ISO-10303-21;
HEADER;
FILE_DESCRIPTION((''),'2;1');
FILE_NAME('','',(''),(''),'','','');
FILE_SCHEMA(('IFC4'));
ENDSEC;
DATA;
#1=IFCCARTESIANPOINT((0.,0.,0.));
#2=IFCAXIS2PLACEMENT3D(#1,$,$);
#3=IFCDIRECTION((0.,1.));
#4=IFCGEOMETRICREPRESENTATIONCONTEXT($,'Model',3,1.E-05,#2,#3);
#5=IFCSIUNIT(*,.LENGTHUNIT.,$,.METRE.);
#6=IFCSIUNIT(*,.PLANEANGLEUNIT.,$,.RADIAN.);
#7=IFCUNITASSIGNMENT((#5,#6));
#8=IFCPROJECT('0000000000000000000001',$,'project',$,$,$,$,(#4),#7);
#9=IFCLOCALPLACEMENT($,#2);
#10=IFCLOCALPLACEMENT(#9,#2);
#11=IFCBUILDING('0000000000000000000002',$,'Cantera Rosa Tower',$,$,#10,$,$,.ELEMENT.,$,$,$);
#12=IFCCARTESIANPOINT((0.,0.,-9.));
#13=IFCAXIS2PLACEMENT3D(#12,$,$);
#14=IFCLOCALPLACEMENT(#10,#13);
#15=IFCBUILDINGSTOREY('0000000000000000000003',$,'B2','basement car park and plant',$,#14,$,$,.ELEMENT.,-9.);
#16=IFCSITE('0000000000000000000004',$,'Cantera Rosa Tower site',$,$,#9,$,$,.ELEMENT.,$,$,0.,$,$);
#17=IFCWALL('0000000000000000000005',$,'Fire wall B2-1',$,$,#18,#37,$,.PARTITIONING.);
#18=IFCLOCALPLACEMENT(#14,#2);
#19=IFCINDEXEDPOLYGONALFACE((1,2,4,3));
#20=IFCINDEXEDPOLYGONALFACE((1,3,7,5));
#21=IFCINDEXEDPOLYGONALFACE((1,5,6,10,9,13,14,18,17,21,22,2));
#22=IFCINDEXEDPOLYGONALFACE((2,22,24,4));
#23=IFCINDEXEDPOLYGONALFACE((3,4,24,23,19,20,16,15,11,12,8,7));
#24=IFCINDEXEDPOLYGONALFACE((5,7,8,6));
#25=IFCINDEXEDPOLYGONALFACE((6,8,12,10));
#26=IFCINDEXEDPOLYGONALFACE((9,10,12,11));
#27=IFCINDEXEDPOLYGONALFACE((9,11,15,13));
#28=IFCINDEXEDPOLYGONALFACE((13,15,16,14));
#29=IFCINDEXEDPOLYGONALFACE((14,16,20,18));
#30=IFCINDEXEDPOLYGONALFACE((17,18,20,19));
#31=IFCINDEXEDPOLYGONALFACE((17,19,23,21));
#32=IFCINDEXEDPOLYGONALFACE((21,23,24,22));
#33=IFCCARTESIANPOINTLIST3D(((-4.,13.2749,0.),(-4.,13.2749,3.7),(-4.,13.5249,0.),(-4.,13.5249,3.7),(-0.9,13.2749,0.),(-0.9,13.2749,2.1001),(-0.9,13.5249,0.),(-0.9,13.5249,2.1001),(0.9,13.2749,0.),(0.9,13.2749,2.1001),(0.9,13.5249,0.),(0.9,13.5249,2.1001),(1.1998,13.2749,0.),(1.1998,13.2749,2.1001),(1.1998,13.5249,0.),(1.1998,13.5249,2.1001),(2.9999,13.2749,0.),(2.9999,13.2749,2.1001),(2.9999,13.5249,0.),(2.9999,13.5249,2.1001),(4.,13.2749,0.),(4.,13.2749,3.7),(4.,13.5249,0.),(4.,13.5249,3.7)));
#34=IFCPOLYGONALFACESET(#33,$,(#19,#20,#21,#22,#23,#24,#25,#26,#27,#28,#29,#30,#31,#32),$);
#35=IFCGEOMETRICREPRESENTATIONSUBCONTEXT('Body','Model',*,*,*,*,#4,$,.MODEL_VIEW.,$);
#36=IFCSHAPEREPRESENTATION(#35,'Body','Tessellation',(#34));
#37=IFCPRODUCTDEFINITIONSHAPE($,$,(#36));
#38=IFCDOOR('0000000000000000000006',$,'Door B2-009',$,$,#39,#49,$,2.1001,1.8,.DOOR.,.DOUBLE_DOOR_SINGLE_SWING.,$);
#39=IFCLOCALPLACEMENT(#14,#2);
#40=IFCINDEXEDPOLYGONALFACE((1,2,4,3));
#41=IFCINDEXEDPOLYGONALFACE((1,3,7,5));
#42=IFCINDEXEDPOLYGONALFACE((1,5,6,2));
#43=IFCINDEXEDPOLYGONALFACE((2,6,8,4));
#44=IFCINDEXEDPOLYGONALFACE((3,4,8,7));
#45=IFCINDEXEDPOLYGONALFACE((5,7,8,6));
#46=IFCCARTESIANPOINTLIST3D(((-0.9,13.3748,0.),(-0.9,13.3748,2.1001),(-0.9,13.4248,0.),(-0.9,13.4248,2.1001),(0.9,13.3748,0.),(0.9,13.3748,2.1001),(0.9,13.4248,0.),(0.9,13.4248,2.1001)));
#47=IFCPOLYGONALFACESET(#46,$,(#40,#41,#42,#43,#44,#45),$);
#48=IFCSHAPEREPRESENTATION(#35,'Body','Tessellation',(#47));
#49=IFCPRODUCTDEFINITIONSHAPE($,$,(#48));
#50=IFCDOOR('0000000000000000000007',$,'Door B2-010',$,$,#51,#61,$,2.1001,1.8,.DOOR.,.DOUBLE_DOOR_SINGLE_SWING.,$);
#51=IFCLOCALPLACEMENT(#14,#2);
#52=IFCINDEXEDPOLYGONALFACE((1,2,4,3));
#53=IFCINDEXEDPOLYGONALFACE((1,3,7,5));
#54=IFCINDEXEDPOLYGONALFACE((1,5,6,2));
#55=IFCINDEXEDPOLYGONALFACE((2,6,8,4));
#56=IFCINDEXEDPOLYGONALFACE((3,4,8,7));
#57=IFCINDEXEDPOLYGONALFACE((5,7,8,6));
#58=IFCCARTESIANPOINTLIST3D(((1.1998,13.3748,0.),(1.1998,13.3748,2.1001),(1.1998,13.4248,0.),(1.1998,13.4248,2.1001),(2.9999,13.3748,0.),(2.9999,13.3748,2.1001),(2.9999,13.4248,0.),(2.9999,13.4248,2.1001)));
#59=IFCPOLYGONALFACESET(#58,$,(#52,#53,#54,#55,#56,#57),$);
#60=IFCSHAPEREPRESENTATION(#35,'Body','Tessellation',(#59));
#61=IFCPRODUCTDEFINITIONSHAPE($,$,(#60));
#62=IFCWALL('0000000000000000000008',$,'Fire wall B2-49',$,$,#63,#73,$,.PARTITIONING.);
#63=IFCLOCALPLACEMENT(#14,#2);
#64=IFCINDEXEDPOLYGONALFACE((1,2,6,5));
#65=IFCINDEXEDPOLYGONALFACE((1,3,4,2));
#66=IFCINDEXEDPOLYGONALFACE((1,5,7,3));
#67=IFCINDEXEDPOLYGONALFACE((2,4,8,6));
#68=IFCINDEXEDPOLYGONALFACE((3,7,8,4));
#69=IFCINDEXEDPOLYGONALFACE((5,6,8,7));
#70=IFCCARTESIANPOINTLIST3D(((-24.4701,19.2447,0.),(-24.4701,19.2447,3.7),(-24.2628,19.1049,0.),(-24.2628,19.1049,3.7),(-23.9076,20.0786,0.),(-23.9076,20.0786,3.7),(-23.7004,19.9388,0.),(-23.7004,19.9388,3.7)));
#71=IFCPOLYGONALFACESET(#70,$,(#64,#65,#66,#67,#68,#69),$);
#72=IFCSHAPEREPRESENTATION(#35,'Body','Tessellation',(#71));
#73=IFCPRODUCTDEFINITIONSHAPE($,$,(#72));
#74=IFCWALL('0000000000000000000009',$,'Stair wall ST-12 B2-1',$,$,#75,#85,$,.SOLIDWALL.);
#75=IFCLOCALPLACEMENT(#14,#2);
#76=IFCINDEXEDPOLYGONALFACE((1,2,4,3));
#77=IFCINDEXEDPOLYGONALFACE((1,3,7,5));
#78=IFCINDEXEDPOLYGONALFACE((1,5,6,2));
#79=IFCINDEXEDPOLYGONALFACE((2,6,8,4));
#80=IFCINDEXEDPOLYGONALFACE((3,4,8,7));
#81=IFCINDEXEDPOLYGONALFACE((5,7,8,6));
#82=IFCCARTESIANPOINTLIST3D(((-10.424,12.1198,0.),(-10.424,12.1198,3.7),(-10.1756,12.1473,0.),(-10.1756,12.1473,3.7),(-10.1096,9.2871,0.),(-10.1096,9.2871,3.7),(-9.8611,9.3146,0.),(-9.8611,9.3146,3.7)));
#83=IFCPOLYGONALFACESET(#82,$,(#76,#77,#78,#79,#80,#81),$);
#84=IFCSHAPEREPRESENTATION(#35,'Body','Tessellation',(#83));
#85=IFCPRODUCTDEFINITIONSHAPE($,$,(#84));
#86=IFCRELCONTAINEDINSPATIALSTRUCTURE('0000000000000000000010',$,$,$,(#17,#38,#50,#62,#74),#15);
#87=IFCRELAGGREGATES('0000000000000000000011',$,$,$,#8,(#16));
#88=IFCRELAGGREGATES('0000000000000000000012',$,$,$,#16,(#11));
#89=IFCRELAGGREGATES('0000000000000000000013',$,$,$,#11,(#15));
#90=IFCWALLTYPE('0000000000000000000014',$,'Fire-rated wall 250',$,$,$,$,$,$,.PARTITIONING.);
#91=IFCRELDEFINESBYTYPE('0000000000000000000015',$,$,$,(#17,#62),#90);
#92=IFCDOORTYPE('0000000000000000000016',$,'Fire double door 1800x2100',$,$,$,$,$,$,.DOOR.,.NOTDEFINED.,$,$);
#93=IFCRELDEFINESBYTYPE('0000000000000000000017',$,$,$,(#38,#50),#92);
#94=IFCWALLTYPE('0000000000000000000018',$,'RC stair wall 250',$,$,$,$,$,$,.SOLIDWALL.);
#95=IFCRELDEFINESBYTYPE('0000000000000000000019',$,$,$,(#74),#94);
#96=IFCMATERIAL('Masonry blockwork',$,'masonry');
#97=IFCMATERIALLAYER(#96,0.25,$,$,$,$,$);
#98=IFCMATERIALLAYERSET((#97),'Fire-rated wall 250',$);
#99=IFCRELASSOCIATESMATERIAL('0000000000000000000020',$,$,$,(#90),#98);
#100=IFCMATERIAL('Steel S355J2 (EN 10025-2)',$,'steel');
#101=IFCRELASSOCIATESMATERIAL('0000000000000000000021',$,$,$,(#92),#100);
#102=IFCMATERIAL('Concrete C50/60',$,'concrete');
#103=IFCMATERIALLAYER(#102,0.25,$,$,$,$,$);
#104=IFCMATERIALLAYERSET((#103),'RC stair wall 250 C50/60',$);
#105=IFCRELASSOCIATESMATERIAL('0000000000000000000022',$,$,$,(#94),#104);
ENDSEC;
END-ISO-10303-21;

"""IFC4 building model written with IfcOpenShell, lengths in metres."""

from ifc_helpers import new_model, si_unit, direction, frame, frame_2d, origin, place, context, subcontext, project, spatial, rectangle, extrude, material, layer, layer_set, type_object, element, fill, save


model = new_model("IFC4")

# Units and contexts
model_context = context("Model", 3, precision=1e-05, world=origin(), true_north=direction((0.0, 1.0)))
body_context = subcontext(model_context, "Body", "Model", "MODEL_VIEW")
ifc_project = project(units=[si_unit("LENGTHUNIT", "METRE"), si_unit("PLANEANGLEUNIT", "RADIAN")], contexts=[model_context])

# Site, building, storey
site_placement = place(None, origin())
site = spatial("IfcSite", under=ifc_project, at=site_placement, Name="Cantera Rosa Tower site", CompositionType="ELEMENT", RefElevation=0.0)
building_placement = place(site_placement, origin())
building = spatial("IfcBuilding", under=site, at=building_placement, Name="Cantera Rosa Tower", CompositionType="ELEMENT")
storey_placement = place(building_placement, frame((0.0, 0.0, -9.0)))
storey = spatial("IfcBuildingStorey", under=building, at=storey_placement, Name="B2", Description="basement car park and plant", CompositionType="ELEMENT", Elevation=-9.0)

# Wall, openings, doors
ifc_material_1 = material(Name="Masonry blockwork", Category="masonry")
ifc_layer_1 = layer(ifc_material_1, 0.25)
ifc_layer_set_1 = layer_set([ifc_layer_1], Name="Fire-rated wall 250")
wall_type_1 = type_object("IfcWallType", Name="Fire-rated wall 250", PredefinedType="PARTITIONING", material=ifc_layer_set_1)
wall_1_placement = place(storey_placement, frame((-4.0, 13.3999, 0.0), z_axis=(0.0, 0.0, 1.0), x_axis=(1.0, 0.0, 0.0)))
wall_1 = element("IfcWall", 1, at=wall_1_placement, inside=storey, type_object=wall_type_1, Name="Fire wall B2-1", PredefinedType="PARTITIONING", context=body_context, shape_type="SweptSolid", body=[
    extrude(rectangle(XDim=8.0, YDim=0.25, at=frame_2d((4.0, 0.0))), origin(), (0.0, 0.0, 1.0), 3.7),
])
opening_1_placement = place(wall_1_placement, frame((3.1001, 0.0, 0.0)))
opening_1 = element("IfcOpeningElement", 2, at=opening_1_placement, cuts=wall_1, PredefinedType="OPENING", context=body_context, shape_type="SweptSolid", body=[
    extrude(rectangle(XDim=1.8, YDim=2.1001, at=frame_2d((0.8999, 1.05))), frame((0.0, 0.135, 0.0), z_axis=(0.0, -1.0, 0.0), x_axis=(1.0, 0.0, 0.0)), (0.0, 0.0, 1.0), 0.27),
])
opening_2_placement = place(wall_1_placement, frame((5.2, 0.0, 0.0)))
opening_2 = element("IfcOpeningElement", 3, at=opening_2_placement, cuts=wall_1, PredefinedType="OPENING", context=body_context, shape_type="SweptSolid", body=[
    extrude(rectangle(XDim=1.8, YDim=2.1001, at=frame_2d((0.8999, 1.05))), frame((0.0, 0.135, 0.0), z_axis=(0.0, -1.0, 0.0), x_axis=(1.0, 0.0, 0.0)), (0.0, 0.0, 1.0), 0.27),
])
ifc_material_2 = material(Name="Steel S355J2 (EN 10025-2)", Category="steel")
door_type = type_object("IfcDoorType", Name="Fire double door 1800x2100", OperationType="NOTDEFINED", PredefinedType="DOOR", material=ifc_material_2)
door_1_placement = place(opening_1_placement, origin())
door_1 = element("IfcDoor", 4, at=door_1_placement, inside=storey, type_object=door_type, Name="Door B2-009", OperationType="DOUBLE_DOOR_SINGLE_SWING", OverallHeight=2.1001, OverallWidth=1.8, PredefinedType="DOOR", context=body_context, shape_type="SweptSolid", body=[
    extrude(rectangle(XDim=1.8, YDim=2.1001, at=frame_2d((0.8999, 1.05))), frame((0.0, 0.0249, 0.0), z_axis=(0.0, -1.0, 0.0), x_axis=(1.0, 0.0, 0.0)), (0.0, 0.0, 1.0), 0.05),
])
fill(opening_1, door_1)
door_2_placement = place(opening_2_placement, origin())
door_2 = element("IfcDoor", 5, at=door_2_placement, inside=storey, type_object=door_type, Name="Door B2-010", OperationType="DOUBLE_DOOR_SINGLE_SWING", OverallHeight=2.1001, OverallWidth=1.8, PredefinedType="DOOR", context=body_context, shape_type="SweptSolid", body=[
    extrude(rectangle(XDim=1.8, YDim=2.1001, at=frame_2d((0.8999, 1.05))), frame((0.0, 0.0249, 0.0), z_axis=(0.0, -1.0, 0.0), x_axis=(1.0, 0.0, 0.0)), (0.0, 0.0, 1.0), 0.05),
])
fill(opening_2, door_2)

# Walls
wall_2_placement = place(storey_placement, frame((-24.3665, 19.1748, 0.0), z_axis=(0.0, 0.0, 1.0), x_axis=(0.559173, 0.829051, 0.0)))
element("IfcWall", 6, at=wall_2_placement, inside=storey, type_object=wall_type_1, Name="Fire wall B2-49", PredefinedType="PARTITIONING", context=body_context, shape_type="SweptSolid", body=[
    extrude(rectangle(XDim=1.0059, YDim=0.25, at=frame_2d((0.5029, 0.0))), origin(), (0.0, 0.0, 1.0), 3.7),
])
ifc_material_3 = material(Name="Concrete C50/60", Category="concrete")
ifc_layer_2 = layer(ifc_material_3, 0.25)
ifc_layer_set_2 = layer_set([ifc_layer_2], Name="RC stair wall 250 C50/60")
wall_type_2 = type_object("IfcWallType", Name="RC stair wall 250", PredefinedType="SOLIDWALL", material=ifc_layer_set_2)
wall_3_placement = place(storey_placement, frame((-10.2998, 12.1335, 0.0), z_axis=(0.0, 0.0, 1.0), x_axis=(0.110328, -0.993895, 0.0)))
element("IfcWall", 7, at=wall_3_placement, inside=storey, type_object=wall_type_2, Name="Stair wall ST-12 B2-1", PredefinedType="SOLIDWALL", context=body_context, shape_type="SweptSolid", body=[
    extrude(rectangle(XDim=2.8501, YDim=0.25, at=frame_2d((1.425, 0.0))), origin(), (0.0, 0.0, 1.0), 3.7),
])

save(model, "model.ifc")
